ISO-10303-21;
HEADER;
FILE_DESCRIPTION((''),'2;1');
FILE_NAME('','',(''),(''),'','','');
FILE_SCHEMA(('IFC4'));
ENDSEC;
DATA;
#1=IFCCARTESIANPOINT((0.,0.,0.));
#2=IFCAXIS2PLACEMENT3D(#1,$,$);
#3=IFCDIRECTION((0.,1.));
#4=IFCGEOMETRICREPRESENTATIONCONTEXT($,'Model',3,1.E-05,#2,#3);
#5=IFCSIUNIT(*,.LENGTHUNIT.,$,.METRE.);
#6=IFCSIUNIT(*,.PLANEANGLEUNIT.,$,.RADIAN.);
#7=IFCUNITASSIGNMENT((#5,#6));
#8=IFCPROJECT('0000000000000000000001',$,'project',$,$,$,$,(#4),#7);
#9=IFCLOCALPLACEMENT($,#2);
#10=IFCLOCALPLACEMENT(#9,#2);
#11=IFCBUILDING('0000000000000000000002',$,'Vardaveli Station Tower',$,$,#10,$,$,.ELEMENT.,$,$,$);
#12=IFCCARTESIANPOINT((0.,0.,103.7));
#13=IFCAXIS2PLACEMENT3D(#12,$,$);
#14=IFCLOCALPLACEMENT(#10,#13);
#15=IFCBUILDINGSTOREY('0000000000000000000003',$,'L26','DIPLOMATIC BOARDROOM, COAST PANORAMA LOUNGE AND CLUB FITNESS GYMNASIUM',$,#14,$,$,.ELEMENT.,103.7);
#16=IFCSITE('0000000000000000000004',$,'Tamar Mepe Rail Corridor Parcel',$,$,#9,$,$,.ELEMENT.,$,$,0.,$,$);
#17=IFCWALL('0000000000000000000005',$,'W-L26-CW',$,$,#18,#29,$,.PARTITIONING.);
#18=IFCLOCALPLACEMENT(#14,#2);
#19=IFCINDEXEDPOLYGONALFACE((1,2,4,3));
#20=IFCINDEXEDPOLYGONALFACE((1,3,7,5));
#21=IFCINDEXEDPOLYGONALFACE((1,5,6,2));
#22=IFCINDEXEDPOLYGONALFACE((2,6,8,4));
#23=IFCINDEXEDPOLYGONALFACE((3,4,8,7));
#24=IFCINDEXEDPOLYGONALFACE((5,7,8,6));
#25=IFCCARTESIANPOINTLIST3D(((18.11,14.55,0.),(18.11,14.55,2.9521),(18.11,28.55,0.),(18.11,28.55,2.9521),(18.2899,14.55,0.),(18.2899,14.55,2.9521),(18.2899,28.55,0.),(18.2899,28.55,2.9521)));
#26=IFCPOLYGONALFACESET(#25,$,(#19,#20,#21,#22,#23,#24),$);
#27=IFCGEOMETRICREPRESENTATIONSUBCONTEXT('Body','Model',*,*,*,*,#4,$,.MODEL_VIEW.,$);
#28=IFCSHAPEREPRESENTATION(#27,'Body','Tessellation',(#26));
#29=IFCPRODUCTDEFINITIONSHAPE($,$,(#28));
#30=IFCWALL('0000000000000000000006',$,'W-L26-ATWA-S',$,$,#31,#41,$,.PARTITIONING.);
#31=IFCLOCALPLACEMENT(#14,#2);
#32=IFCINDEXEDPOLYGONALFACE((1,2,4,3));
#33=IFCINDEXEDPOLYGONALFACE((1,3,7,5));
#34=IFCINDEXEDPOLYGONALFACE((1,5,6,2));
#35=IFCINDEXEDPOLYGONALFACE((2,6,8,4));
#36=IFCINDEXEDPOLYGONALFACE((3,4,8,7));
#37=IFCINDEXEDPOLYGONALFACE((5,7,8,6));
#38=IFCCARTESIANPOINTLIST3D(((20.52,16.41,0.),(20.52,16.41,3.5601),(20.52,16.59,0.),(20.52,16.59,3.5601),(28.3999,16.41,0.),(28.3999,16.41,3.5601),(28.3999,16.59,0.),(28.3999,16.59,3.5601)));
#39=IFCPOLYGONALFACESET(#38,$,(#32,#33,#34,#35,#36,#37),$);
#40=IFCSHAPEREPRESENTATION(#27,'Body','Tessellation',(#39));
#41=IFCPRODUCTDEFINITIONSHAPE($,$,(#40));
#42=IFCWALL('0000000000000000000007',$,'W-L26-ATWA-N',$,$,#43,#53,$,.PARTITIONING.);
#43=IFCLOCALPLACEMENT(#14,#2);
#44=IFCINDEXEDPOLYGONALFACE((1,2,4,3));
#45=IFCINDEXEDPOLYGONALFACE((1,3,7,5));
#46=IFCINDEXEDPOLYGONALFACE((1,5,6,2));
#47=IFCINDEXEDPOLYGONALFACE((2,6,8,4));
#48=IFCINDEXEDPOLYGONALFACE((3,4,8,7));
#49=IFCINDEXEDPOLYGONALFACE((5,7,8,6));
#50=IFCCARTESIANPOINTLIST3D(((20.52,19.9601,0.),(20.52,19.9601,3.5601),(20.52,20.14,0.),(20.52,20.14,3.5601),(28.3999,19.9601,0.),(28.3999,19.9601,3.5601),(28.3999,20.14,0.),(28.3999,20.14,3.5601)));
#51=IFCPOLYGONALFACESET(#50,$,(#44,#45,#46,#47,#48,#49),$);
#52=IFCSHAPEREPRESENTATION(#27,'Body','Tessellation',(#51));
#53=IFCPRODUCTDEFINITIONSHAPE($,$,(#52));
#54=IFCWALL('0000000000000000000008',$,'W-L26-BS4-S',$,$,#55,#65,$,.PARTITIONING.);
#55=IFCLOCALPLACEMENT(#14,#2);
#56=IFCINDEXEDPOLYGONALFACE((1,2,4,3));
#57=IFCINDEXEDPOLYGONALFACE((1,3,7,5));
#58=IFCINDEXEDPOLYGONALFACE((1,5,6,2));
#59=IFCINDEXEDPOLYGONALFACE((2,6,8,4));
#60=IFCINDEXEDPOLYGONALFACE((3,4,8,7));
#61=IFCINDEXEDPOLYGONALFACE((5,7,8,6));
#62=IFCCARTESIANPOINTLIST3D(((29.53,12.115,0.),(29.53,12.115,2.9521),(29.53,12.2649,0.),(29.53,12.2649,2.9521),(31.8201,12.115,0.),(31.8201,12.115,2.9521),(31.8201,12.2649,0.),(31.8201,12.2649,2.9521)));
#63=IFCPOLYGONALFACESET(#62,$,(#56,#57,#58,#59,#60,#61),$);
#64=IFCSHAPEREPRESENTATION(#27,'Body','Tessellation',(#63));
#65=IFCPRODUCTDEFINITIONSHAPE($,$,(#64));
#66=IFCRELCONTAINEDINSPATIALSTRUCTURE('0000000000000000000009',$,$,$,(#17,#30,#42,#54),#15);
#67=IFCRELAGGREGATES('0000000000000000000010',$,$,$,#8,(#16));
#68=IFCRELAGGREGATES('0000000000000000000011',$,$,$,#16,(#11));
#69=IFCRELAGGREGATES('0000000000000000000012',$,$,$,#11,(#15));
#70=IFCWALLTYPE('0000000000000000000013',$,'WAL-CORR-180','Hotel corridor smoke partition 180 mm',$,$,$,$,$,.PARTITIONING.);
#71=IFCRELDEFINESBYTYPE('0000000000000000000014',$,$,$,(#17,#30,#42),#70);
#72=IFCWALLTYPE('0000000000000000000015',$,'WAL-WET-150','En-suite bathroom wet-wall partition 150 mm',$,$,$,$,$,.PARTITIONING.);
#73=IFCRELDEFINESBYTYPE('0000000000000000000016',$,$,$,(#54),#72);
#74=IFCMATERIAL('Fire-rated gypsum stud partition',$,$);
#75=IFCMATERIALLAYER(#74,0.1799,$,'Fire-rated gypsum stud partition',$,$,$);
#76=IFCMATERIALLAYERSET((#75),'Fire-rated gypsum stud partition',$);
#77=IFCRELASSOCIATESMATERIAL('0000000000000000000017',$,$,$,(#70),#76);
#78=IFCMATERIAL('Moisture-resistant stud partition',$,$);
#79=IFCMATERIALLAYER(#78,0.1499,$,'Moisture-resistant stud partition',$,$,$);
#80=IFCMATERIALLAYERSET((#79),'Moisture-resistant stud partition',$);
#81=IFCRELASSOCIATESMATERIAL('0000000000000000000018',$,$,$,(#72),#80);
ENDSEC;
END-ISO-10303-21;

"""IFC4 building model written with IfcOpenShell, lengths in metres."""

from ifc_helpers import new_model, si_unit, direction, frame, frame_2d, origin, place, context, subcontext, project, spatial, rectangle, extrude, source, transform, mapped, material, layer, layer_set, type_object, element, save


model = new_model("IFC4")

# Units and contexts
model_context = context("Model", 3, precision=1e-05, world=origin(), true_north=direction((0.0, 1.0)))
body_context = subcontext(model_context, "Body", "Model", "MODEL_VIEW")
ifc_project = project(units=[si_unit("LENGTHUNIT", "METRE"), si_unit("PLANEANGLEUNIT", "RADIAN")], contexts=[model_context])

# Site, building, storey
site_placement = place(None, origin())
site = spatial("IfcSite", under=ifc_project, at=site_placement, Name="Tamar Mepe Rail Corridor Parcel", CompositionType="ELEMENT", RefElevation=0.0)
building_placement = place(site_placement, origin())
building = spatial("IfcBuilding", under=site, at=building_placement, Name="Vardaveli Station Tower", CompositionType="ELEMENT")
storey_placement = place(building_placement, frame((0.0, 0.0, 103.7)))
storey = spatial("IfcBuildingStorey", under=building, at=storey_placement, Name="L26", Description="DIPLOMATIC BOARDROOM, COAST PANORAMA LOUNGE AND CLUB FITNESS GYMNASIUM", CompositionType="ELEMENT", Elevation=103.7)

# Shared definitions
ifc_material_1 = material(Name="Fire-rated gypsum stud partition")
ifc_layer_1 = layer(ifc_material_1, 0.1799, Name="Fire-rated gypsum stud partition")
ifc_layer_set_1 = layer_set([ifc_layer_1], Name="Fire-rated gypsum stud partition")
wall_type_1 = type_object("IfcWallType", Name="WAL-CORR-180", Description="Hotel corridor smoke partition 180 mm", PredefinedType="PARTITIONING", material=ifc_layer_set_1)

# Walls
shared_shape_1 = source(origin(), body_context, "Body", "SweptSolid", [
    extrude(rectangle(XDim=14.0, YDim=0.1799, at=frame_2d((7.0, 0.0))), origin(), (0.0, 0.0, 1.0), 2.9521),
])
wall_1_placement = place(storey_placement, frame((18.2, 14.55, 0.0), z_axis=(0.0, 0.0, 1.0), x_axis=(0.0, 1.0, 0.0)))
element("IfcWall", 1, at=wall_1_placement, inside=storey, type_object=wall_type_1, Name="W-L26-CW", PredefinedType="PARTITIONING", context=body_context, shape_type="MappedRepresentation", body=[
    mapped(shared_shape_1, transform((0.0, 0.0, 0.0), scale=1.0)),
])
shared_shape_2 = source(origin(), body_context, "Body", "SweptSolid", [
    extrude(rectangle(XDim=7.8799, YDim=0.1799, at=frame_2d((3.9399, 0.0))), origin(), (0.0, 0.0, 1.0), 3.5601),
])
for number, where, z_axis, x_axis, name in (
    (2, (20.52, 16.5, 0.0), (0.0, 0.0, 1.0), (1.0, 0.0, 0.0), "W-L26-ATWA-S"),
    (3, (20.52, 20.05, 0.0), (0.0, 0.0, 1.0), (1.0, 0.0, 0.0), "W-L26-ATWA-N"),
):
    element("IfcWall", number, at=place(storey_placement, frame(where, z_axis=z_axis, x_axis=x_axis)), inside=storey, type_object=wall_type_1, Name=name, PredefinedType="PARTITIONING", context=body_context, shape_type="MappedRepresentation", body=[
        mapped(shared_shape_2, transform((0.0, 0.0, 0.0), scale=1.0)),
    ])
ifc_material_2 = material(Name="Moisture-resistant stud partition")
ifc_layer_2 = layer(ifc_material_2, 0.1499, Name="Moisture-resistant stud partition")
ifc_layer_set_2 = layer_set([ifc_layer_2], Name="Moisture-resistant stud partition")
wall_type_2 = type_object("IfcWallType", Name="WAL-WET-150", Description="En-suite bathroom wet-wall partition 150 mm", PredefinedType="PARTITIONING", material=ifc_layer_set_2)
shared_shape_3 = source(origin(), body_context, "Body", "SweptSolid", [
    extrude(rectangle(XDim=2.29, YDim=0.1499, at=frame_2d((1.145, 0.0))), origin(), (0.0, 0.0, 1.0), 2.9521),
])
wall_2_placement = place(storey_placement, frame((29.53, 12.1899, 0.0), z_axis=(0.0, 0.0, 1.0), x_axis=(1.0, 0.0, 0.0)))
element("IfcWall", 4, at=wall_2_placement, inside=storey, type_object=wall_type_2, Name="W-L26-BS4-S", PredefinedType="PARTITIONING", context=body_context, shape_type="MappedRepresentation", body=[
    mapped(shared_shape_3, transform((0.0, 0.0, 0.0), scale=1.0)),
])

save(model, "model.ifc")
